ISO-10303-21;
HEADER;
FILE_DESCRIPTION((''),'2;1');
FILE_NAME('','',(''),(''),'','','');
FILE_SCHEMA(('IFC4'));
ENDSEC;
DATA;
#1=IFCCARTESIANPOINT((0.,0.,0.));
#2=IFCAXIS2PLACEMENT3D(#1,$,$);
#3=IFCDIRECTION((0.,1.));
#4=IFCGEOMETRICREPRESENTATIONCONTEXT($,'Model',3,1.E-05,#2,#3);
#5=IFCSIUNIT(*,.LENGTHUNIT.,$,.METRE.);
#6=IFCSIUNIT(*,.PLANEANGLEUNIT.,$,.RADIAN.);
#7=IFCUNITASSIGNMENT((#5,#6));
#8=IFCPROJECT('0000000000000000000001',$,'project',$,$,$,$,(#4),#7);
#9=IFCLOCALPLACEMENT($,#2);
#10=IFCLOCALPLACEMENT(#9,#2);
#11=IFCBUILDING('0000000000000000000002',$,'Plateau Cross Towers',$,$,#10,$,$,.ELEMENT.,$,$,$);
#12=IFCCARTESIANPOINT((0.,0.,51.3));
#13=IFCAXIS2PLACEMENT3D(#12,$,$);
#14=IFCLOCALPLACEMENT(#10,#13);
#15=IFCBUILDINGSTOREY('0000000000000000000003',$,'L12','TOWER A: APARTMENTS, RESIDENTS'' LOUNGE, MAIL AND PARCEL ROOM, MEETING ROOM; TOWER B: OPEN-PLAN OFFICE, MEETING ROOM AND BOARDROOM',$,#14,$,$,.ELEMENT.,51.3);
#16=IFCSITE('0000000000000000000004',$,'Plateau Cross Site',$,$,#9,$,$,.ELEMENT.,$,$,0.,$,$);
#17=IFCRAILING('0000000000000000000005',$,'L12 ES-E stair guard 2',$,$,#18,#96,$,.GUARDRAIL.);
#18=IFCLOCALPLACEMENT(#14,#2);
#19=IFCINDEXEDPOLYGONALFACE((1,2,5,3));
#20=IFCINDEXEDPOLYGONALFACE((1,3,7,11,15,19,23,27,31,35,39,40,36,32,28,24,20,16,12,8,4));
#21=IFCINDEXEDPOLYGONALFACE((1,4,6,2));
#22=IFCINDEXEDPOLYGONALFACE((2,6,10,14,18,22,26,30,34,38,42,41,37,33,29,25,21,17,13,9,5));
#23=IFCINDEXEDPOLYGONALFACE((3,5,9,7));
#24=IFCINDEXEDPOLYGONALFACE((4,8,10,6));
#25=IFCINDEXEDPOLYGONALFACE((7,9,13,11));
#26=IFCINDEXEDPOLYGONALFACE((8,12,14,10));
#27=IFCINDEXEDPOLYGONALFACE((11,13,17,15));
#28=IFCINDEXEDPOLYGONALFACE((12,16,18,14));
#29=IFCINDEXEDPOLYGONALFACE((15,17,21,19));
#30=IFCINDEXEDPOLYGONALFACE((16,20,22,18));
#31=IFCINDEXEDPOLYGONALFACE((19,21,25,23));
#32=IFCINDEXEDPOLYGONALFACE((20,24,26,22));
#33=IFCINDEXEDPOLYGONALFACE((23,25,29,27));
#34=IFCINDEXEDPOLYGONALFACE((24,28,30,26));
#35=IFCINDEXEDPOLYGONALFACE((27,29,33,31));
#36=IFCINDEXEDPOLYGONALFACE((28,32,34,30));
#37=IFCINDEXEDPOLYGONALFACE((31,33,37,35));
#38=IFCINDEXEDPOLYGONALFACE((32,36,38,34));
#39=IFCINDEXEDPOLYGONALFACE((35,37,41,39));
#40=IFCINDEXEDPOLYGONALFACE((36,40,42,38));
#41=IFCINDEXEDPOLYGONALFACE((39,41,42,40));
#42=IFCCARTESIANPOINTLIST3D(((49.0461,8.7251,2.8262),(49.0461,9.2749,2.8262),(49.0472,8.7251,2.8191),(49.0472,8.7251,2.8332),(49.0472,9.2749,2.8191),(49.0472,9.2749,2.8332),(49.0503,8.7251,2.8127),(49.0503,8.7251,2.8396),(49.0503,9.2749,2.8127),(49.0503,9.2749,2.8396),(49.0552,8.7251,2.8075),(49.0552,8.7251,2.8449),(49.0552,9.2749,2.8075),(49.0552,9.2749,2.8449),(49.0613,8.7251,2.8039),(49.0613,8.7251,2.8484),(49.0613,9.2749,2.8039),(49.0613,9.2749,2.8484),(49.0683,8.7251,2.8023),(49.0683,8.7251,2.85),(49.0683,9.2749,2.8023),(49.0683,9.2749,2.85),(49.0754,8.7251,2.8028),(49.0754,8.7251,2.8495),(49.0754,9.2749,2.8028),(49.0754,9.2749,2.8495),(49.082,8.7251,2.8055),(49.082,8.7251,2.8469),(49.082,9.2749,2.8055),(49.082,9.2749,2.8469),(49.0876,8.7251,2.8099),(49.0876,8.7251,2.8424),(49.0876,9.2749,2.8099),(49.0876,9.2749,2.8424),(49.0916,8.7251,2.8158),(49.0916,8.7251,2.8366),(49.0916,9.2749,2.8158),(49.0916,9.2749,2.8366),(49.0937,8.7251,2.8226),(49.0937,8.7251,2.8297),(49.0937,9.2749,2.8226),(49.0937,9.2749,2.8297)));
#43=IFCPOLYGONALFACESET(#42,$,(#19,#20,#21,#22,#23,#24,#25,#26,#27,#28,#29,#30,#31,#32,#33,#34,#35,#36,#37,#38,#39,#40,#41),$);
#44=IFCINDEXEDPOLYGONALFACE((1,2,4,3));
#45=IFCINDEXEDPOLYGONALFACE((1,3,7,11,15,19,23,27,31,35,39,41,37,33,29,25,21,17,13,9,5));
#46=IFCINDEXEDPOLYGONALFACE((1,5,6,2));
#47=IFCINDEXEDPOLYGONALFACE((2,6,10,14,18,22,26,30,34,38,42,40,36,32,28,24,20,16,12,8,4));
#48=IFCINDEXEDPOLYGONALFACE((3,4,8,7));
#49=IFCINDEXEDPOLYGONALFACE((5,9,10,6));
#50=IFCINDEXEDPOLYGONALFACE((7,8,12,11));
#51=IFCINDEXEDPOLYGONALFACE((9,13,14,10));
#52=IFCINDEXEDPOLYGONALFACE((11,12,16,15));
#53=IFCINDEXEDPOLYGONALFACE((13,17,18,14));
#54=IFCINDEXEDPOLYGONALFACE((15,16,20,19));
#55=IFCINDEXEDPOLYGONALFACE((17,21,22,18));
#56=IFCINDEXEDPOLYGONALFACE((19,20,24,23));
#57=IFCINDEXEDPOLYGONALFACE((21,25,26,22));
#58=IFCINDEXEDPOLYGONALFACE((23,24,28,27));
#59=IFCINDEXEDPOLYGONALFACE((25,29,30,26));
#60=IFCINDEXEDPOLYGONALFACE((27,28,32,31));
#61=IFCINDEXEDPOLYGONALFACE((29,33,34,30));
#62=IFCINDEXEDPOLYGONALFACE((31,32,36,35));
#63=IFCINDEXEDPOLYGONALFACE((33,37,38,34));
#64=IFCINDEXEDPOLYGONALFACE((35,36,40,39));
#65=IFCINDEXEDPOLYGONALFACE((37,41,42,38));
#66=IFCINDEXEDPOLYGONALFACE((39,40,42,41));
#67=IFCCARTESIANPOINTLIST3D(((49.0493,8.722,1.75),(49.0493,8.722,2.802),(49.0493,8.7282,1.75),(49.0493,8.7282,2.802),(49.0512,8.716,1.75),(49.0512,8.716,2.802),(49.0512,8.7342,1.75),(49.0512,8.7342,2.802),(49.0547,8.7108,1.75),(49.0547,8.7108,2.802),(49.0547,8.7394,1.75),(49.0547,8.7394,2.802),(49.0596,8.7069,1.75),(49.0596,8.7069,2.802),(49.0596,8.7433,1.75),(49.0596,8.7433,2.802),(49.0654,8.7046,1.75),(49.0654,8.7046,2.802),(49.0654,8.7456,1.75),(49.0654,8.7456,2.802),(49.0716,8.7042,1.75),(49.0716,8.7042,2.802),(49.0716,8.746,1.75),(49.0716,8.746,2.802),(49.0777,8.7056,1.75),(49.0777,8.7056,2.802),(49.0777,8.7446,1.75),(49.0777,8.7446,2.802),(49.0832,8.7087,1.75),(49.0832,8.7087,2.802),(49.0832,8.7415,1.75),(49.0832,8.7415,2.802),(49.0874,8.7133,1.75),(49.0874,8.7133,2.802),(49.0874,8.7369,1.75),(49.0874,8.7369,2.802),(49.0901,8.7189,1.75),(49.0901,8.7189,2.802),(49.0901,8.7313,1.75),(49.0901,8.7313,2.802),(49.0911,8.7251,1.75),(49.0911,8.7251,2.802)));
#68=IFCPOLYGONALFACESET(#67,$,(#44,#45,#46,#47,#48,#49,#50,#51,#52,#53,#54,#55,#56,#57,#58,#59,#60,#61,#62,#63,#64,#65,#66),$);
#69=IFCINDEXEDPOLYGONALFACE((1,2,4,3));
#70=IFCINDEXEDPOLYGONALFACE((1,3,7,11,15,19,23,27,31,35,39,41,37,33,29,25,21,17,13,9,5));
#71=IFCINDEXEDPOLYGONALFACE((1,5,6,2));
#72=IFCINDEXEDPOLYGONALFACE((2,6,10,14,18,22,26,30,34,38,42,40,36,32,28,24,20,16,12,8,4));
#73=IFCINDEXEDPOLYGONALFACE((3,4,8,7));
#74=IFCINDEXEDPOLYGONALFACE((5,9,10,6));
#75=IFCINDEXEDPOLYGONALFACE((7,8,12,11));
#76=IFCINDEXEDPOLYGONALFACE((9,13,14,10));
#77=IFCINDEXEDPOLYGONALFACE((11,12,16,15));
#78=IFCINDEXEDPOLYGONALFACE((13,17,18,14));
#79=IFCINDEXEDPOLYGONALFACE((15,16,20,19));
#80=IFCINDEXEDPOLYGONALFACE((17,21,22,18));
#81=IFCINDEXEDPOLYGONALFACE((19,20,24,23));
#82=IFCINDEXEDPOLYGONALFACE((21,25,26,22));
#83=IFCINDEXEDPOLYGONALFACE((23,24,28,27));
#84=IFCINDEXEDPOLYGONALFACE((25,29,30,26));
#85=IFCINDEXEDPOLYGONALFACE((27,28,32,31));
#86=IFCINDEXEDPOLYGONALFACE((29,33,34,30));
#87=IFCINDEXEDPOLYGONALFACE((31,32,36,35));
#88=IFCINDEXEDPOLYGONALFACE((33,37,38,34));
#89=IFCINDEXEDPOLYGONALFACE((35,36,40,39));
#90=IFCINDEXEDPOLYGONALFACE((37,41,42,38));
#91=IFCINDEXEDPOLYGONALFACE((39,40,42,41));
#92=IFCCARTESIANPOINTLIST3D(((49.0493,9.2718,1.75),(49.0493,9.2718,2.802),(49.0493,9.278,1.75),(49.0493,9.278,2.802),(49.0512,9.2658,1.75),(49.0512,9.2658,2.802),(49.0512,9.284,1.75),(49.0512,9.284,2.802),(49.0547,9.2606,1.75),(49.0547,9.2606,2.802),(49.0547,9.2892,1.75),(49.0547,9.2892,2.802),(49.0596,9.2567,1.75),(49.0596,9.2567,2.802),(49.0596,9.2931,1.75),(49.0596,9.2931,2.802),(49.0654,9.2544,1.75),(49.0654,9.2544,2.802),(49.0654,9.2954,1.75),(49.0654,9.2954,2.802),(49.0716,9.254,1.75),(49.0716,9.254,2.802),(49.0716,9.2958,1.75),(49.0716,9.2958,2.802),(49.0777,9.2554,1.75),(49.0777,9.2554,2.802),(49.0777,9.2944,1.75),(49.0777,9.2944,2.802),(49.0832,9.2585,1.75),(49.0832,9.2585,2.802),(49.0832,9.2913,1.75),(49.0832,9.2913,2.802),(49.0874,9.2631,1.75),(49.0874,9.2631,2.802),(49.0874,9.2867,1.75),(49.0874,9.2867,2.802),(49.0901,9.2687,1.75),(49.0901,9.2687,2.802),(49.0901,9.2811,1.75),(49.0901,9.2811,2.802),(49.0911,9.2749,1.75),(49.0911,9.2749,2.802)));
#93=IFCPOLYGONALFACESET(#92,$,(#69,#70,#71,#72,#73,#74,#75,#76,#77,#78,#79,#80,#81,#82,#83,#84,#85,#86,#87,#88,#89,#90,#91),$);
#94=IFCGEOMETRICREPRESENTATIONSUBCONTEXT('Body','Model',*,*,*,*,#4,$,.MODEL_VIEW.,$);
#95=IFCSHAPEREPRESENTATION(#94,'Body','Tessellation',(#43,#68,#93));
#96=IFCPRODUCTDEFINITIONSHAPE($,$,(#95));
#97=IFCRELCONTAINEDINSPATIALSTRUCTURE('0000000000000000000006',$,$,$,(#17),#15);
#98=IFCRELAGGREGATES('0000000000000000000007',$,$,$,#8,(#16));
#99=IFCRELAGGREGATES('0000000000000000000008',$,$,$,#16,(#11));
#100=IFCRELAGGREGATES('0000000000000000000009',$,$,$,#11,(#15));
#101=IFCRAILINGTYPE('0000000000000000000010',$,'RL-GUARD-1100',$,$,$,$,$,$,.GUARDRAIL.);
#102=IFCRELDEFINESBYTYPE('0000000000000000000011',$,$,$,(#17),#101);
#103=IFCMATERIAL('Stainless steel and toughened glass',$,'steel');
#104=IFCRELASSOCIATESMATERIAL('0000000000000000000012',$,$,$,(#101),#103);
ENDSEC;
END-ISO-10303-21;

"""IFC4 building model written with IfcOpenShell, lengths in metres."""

from ifc_helpers import new_model, si_unit, direction, frame, origin, origin_2d, place, context, subcontext, project, spatial, circle, extrude, material, type_object, element, save


model = new_model("IFC4")

# Units and contexts
model_context = context("Model", 3, precision=1e-05, world=origin(), true_north=direction((0.0, 1.0)))
body_context = subcontext(model_context, "Body", "Model", "MODEL_VIEW")
ifc_project = project(units=[si_unit("LENGTHUNIT", "METRE"), si_unit("PLANEANGLEUNIT", "RADIAN")], contexts=[model_context])

# Site, building, storey
site_placement = place(None, origin())
site = spatial("IfcSite", under=ifc_project, at=site_placement, Name="Plateau Cross Site", CompositionType="ELEMENT", RefElevation=0.0)
building_placement = place(site_placement, origin())
building = spatial("IfcBuilding", under=site, at=building_placement, Name="Plateau Cross Towers", CompositionType="ELEMENT")
storey_placement = place(building_placement, frame((0.0, 0.0, 51.3)))
storey = spatial("IfcBuildingStorey", under=building, at=storey_placement, Name="L12", Description="TOWER A: APARTMENTS, RESIDENTS' LOUNGE, MAIL AND PARCEL ROOM, MEETING ROOM; TOWER B: OPEN-PLAN OFFICE, MEETING ROOM AND BOARDROOM", CompositionType="ELEMENT", Elevation=51.3)

# Railing
ifc_material_1 = material(Name="Stainless steel and toughened glass", Category="steel")
railing_type_1 = type_object("IfcRailingType", Name="RL-GUARD-1100", PredefinedType="GUARDRAIL", material=ifc_material_1)
railing_1_placement = place(storey_placement, frame((49.0701, 8.7251, 1.75)))
element("IfcRailing", 1, at=railing_1_placement, inside=storey, type_object=railing_type_1, Name="L12 ES-E stair guard 2", PredefinedType="GUARDRAIL", context=body_context, shape_type="SweptSolid", body=[
    extrude(circle(Radius=0.0239, at=origin_2d()), frame((0.0, 0.0, 1.0762), z_axis=(0.0, 1.0, 0.0), x_axis=(-1.0, 0.0, 0.0)), (0.0, 0.0, 1.0), 0.5498),
    extrude(circle(Radius=0.021, at=origin_2d()), origin(), (0.0, 0.0, 1.0), 1.052),
    extrude(circle(Radius=0.021, at=origin_2d()), frame((0.0, 0.5498, 0.0)), (0.0, 0.0, 1.0), 1.052),
])

save(model, "model.ifc")
